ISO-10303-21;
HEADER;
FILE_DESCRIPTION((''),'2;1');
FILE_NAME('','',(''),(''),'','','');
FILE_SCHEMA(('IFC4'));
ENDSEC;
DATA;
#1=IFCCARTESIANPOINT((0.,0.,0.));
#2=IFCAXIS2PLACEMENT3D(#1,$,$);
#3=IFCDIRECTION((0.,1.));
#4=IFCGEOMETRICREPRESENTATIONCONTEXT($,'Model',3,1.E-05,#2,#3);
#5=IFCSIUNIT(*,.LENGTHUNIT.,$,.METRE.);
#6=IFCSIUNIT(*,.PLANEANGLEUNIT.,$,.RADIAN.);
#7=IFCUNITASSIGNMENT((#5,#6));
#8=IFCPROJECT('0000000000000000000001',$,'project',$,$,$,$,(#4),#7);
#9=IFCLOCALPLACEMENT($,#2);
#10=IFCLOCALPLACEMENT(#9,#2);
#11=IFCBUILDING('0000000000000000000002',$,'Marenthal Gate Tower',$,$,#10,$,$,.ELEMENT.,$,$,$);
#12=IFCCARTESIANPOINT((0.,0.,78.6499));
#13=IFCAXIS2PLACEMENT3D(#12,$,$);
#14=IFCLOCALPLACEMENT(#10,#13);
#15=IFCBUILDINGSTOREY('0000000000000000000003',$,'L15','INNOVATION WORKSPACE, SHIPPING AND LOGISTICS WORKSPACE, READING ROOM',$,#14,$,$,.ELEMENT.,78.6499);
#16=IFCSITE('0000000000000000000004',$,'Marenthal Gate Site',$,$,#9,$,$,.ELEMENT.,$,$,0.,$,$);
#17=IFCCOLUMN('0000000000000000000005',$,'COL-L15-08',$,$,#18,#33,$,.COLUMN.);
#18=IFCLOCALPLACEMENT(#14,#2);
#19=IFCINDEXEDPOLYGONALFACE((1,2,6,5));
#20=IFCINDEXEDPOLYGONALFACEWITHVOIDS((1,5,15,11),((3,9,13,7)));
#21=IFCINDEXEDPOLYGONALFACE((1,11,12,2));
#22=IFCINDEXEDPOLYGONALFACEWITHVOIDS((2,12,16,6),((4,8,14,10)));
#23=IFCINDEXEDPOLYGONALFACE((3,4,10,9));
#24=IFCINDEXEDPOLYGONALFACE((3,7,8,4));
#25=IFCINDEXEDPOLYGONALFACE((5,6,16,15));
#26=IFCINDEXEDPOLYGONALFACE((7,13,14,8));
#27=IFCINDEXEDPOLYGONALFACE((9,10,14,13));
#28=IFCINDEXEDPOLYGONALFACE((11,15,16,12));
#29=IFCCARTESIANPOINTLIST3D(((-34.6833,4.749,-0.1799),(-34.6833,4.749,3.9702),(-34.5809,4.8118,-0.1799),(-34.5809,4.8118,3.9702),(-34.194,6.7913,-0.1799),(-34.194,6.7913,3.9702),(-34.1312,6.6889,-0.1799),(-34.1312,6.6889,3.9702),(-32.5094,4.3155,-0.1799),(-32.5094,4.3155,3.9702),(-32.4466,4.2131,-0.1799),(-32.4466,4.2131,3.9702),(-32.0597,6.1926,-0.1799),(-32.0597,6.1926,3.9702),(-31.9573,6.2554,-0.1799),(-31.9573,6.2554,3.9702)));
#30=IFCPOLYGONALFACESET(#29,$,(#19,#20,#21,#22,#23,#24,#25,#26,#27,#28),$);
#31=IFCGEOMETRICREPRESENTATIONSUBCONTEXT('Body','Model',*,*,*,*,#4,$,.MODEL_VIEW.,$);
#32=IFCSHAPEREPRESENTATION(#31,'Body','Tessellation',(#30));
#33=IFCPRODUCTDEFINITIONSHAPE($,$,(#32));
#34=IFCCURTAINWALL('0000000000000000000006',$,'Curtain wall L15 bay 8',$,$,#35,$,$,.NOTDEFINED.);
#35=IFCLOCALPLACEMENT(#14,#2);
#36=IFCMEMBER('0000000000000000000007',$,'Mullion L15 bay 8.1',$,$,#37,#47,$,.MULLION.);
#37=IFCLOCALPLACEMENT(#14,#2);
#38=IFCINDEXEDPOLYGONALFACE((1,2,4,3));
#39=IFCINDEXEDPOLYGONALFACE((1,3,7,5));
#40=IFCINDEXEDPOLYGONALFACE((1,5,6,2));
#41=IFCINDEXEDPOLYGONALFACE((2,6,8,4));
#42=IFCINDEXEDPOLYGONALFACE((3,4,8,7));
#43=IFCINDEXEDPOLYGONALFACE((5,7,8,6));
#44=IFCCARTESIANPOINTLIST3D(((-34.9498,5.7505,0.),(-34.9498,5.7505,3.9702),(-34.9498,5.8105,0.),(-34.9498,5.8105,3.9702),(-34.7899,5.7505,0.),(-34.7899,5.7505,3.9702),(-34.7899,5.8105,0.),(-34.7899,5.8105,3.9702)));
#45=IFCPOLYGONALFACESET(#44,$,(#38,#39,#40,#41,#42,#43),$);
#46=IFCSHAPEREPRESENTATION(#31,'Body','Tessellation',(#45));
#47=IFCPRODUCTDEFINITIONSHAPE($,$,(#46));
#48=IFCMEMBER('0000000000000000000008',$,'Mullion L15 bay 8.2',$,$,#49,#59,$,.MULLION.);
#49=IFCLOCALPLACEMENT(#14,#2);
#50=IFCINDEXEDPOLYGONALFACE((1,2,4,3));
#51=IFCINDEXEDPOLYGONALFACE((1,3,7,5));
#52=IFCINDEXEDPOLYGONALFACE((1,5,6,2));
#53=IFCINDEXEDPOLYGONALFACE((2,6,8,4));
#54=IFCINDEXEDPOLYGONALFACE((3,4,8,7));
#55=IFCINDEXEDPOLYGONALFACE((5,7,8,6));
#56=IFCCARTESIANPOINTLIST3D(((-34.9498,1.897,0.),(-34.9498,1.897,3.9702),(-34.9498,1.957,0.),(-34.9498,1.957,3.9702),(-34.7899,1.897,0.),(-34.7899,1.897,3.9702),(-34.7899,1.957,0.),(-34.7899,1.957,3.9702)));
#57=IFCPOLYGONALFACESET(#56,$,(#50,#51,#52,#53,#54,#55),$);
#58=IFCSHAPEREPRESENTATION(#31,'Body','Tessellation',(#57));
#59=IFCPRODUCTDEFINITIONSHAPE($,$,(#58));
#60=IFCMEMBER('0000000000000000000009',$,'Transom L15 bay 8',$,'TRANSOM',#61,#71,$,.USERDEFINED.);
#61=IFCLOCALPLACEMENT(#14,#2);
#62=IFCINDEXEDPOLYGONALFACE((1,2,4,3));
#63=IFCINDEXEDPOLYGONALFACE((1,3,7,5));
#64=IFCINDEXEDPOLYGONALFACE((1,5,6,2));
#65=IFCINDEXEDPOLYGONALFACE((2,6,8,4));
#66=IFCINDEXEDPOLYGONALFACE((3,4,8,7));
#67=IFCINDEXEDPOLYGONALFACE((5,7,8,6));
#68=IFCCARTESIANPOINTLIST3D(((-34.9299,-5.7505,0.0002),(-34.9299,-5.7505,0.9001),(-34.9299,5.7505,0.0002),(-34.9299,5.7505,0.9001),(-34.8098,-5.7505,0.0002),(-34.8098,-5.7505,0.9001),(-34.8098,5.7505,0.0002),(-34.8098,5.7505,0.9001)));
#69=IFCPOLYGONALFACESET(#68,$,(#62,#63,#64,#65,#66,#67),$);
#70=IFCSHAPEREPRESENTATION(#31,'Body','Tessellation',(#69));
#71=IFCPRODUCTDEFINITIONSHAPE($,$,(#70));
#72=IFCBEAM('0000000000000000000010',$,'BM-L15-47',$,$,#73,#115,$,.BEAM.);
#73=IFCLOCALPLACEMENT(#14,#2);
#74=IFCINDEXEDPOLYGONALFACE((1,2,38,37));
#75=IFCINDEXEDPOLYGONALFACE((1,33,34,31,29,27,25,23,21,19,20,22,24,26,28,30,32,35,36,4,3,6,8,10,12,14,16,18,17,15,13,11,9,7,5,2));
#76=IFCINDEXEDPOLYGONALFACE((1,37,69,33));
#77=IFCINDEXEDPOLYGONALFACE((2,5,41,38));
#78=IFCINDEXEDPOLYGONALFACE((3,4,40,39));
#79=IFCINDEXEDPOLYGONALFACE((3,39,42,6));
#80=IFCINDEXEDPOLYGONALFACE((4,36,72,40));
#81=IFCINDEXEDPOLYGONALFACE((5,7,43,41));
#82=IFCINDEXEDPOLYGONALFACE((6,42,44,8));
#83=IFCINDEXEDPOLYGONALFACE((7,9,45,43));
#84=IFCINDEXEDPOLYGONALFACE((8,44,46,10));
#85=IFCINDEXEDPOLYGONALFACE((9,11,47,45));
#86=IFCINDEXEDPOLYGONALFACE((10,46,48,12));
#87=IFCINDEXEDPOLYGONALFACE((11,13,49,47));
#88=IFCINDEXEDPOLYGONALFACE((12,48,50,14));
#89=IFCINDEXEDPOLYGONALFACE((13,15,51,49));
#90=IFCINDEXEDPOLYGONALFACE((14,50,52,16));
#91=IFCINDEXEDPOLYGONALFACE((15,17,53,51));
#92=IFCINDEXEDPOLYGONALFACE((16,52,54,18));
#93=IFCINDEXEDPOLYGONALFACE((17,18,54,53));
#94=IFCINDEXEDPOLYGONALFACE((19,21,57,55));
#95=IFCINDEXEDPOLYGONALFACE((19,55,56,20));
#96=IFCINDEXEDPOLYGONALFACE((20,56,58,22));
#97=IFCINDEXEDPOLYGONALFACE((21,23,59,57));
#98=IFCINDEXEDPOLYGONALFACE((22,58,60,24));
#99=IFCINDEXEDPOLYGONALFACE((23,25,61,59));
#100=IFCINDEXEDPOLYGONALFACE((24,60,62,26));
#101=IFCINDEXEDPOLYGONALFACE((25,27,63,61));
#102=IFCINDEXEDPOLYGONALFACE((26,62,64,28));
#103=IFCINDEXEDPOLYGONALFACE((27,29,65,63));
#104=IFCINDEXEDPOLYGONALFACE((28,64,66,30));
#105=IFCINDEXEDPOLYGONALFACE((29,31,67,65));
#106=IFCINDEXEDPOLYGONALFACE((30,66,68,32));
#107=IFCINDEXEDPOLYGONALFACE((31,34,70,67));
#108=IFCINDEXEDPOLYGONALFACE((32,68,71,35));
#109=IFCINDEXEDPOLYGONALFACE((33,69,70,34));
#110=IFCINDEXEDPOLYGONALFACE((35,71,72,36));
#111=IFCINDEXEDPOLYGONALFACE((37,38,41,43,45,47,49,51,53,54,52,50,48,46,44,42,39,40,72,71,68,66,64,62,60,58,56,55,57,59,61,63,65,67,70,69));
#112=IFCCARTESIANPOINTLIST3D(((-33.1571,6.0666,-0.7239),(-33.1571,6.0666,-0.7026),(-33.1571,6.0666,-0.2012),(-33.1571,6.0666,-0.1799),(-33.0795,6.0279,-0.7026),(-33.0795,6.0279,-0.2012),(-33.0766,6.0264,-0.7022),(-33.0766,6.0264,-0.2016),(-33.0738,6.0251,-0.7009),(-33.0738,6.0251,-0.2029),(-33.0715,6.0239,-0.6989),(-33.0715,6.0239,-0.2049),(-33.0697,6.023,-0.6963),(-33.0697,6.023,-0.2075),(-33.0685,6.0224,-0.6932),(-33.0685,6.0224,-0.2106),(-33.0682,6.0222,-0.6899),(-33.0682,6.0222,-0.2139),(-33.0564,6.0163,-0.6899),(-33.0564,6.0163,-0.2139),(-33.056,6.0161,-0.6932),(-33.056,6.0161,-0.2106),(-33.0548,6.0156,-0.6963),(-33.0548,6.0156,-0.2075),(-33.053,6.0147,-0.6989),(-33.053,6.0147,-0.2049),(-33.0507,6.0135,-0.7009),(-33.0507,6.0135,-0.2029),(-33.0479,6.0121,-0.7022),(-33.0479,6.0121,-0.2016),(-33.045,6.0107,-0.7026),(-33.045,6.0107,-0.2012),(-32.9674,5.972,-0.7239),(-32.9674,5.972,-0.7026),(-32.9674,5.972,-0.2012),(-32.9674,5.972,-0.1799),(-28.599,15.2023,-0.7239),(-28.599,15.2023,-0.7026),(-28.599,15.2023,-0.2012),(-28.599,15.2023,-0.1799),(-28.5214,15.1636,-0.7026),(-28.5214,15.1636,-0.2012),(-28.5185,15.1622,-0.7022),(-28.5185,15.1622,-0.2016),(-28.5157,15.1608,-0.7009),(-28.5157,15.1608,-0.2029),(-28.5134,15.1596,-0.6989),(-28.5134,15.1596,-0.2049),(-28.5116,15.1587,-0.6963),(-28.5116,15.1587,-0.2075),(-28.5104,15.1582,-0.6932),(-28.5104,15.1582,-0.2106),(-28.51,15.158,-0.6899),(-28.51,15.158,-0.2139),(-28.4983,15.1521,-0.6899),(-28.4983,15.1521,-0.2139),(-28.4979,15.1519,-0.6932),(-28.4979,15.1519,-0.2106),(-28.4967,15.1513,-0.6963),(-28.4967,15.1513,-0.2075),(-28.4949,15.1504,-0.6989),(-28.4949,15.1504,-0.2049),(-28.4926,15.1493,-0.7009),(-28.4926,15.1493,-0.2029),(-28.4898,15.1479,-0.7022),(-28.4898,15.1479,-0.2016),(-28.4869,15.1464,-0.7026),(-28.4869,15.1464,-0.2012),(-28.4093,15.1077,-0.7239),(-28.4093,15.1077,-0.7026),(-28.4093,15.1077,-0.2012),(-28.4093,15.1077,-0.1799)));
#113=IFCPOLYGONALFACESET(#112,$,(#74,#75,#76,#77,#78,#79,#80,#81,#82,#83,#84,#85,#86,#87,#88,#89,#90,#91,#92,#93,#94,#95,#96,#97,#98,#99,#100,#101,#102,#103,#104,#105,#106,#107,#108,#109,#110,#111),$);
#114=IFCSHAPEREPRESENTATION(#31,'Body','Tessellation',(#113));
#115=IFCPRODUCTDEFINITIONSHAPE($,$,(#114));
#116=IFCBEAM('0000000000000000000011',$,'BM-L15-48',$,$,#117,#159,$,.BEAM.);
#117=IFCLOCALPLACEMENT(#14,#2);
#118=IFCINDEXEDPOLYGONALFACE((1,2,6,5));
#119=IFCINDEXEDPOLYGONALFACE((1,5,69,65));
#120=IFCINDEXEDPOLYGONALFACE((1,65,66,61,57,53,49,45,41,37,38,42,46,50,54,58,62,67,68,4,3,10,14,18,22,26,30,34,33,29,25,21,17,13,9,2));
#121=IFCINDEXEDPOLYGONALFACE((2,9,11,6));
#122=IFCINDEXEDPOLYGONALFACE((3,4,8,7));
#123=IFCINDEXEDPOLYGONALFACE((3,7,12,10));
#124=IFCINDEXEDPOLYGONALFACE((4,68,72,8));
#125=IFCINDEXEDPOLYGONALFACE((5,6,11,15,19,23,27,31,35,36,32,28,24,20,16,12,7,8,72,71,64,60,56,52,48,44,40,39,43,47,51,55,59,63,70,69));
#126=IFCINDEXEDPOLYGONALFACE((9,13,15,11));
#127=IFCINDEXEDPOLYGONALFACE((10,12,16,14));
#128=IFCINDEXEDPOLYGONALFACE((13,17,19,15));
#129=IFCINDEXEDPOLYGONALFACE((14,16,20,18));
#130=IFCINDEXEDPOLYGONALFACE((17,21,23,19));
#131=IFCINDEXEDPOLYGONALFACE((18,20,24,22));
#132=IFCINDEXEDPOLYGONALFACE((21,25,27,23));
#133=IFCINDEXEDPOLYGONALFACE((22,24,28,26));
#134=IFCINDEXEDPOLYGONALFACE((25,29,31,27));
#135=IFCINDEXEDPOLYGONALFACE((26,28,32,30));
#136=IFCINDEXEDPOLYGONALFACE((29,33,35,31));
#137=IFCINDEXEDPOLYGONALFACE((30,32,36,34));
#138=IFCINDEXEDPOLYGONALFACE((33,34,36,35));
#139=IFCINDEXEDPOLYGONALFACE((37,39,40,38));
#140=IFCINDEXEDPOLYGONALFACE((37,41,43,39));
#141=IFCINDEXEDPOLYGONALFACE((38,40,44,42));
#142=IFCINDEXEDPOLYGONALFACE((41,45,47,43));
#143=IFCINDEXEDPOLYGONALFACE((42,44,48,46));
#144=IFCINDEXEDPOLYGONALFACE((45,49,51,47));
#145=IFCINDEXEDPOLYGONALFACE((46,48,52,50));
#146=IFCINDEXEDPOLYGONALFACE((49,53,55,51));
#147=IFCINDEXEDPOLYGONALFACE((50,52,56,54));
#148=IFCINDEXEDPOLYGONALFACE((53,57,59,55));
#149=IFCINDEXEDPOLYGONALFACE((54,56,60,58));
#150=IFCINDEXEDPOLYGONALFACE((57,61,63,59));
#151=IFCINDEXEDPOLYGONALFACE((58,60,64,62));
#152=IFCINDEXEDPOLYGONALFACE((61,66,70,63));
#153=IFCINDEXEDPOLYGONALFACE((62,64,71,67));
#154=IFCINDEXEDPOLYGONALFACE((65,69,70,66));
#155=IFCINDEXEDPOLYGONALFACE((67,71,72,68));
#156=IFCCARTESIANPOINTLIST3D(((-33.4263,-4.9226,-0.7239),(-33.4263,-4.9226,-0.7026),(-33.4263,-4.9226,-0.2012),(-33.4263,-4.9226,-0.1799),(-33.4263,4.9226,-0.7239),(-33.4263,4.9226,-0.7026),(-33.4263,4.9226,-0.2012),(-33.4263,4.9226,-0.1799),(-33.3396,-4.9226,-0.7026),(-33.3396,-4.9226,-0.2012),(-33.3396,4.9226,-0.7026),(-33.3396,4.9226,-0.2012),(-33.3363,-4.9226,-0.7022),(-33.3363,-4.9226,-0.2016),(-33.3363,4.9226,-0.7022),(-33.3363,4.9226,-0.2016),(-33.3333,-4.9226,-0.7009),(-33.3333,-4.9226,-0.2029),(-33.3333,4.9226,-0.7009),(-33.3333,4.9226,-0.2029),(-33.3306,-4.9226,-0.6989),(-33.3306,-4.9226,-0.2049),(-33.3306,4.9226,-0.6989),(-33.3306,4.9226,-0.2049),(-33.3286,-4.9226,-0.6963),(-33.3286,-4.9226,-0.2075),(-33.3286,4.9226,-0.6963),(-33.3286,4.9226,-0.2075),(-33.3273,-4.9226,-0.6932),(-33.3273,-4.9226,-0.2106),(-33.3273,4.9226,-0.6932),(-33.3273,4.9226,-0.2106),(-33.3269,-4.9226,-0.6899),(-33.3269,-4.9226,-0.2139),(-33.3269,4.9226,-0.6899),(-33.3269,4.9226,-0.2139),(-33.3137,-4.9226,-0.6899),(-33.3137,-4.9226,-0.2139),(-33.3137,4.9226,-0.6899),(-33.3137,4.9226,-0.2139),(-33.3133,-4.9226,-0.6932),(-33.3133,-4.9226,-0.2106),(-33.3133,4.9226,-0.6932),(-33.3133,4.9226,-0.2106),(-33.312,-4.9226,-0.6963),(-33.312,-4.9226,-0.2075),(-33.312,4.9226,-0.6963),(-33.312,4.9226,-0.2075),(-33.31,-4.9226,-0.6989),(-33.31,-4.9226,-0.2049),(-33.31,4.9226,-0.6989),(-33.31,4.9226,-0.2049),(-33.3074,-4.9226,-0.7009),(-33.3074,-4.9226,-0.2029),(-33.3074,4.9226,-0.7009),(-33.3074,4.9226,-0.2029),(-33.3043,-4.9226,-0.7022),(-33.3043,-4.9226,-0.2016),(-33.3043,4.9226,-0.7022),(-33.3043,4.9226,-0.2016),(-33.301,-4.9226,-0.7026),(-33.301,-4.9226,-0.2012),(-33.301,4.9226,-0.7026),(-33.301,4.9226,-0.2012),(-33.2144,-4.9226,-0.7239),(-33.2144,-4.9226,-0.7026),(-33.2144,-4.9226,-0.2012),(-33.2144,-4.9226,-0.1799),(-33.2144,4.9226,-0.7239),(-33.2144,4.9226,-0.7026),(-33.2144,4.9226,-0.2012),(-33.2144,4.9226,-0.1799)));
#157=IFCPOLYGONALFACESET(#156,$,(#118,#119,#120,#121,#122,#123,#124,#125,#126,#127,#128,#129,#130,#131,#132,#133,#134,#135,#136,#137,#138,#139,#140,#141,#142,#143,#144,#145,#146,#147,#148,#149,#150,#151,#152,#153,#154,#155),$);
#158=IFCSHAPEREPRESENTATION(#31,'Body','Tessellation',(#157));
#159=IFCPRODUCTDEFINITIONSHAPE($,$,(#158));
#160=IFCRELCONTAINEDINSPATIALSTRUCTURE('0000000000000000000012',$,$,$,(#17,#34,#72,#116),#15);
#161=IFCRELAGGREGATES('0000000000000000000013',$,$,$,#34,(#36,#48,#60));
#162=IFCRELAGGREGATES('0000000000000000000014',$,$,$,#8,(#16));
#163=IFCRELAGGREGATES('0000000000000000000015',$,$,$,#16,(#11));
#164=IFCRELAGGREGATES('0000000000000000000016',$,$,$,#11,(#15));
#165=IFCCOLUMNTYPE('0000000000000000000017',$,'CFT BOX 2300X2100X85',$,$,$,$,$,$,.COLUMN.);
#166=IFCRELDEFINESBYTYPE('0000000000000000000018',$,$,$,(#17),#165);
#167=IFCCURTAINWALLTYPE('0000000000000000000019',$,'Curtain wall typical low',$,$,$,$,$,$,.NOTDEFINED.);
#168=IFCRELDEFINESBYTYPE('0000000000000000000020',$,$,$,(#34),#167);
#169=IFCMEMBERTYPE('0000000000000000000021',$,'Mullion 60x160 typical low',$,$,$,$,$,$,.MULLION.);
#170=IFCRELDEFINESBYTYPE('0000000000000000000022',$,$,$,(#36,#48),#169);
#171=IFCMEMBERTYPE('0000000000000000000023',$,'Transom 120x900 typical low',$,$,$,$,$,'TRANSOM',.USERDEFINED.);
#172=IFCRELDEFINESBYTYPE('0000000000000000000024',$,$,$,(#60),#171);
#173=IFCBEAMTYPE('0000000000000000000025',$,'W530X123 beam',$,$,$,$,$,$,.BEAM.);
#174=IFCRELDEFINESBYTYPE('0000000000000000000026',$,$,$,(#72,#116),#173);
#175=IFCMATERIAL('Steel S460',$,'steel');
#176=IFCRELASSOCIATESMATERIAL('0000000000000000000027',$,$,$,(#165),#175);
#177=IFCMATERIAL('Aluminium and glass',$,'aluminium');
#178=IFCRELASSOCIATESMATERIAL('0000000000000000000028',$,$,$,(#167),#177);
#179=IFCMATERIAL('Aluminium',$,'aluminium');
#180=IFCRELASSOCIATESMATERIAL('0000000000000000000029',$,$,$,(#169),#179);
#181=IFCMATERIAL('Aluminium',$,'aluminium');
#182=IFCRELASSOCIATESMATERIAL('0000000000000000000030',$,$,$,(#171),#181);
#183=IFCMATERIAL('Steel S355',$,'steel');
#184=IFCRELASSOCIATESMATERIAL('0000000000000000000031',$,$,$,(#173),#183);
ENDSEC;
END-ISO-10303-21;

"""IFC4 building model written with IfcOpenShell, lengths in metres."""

from ifc_helpers import new_model, si_unit, direction, frame, origin, origin_2d, place, context, subcontext, project, spatial, rectangle, hollow_rectangle, i_section, extrude, material, material_profile, profile_set, type_object, element, aggregate, save


model = new_model("IFC4")

# Units and contexts
model_context = context("Model", 3, precision=1e-05, world=origin(), true_north=direction((0.0, 1.0)))
body_context = subcontext(model_context, "Body", "Model", "MODEL_VIEW")
ifc_project = project(units=[si_unit("LENGTHUNIT", "METRE"), si_unit("PLANEANGLEUNIT", "RADIAN")], contexts=[model_context])

# Site, building, storey
site_placement = place(None, origin())
site = spatial("IfcSite", under=ifc_project, at=site_placement, Name="Marenthal Gate Site", CompositionType="ELEMENT", RefElevation=0.0)
building_placement = place(site_placement, origin())
building = spatial("IfcBuilding", under=site, at=building_placement, Name="Marenthal Gate Tower", CompositionType="ELEMENT")
storey_placement = place(building_placement, frame((0.0, 0.0, 78.6499)))
storey = spatial("IfcBuildingStorey", under=building, at=storey_placement, Name="L15", Description="INNOVATION WORKSPACE, SHIPPING AND LOGISTICS WORKSPACE, READING ROOM", CompositionType="ELEMENT", Elevation=78.6499)

# Column
ifc_material_1 = material(Name="Steel S460", Category="steel")
ifc_material_profile_1 = material_profile(ifc_material_1, hollow_rectangle(XDim=2.1001, YDim=2.3, WallThickness=0.085, at=origin_2d()), Name="CFT BOX 2300X2100X85")
ifc_material_2 = material(Name="Concrete 70 MPa", Category="concrete")
ifc_material_profile_2 = material_profile(ifc_material_2, rectangle(XDim=1.9299, YDim=2.1299, at=origin_2d()), Name="CFT BOX 2300X2100X85 INFILL")
ifc_profile_set_1 = profile_set([ifc_material_profile_1, ifc_material_profile_2], Name="Steel S460 shell, Concrete 70 MPa infill")
column_type = type_object("IfcColumnType", Name="CFT BOX 2300X2100X85", PredefinedType="COLUMN", material=ifc_profile_set_1)
column_placement = place(storey_placement, frame((-33.3203, 5.5022, -0.1799), z_axis=(0.0, 0.0, 1.0), x_axis=(0.233004, 0.972476, 0.0)))
element("IfcColumn", 1, at=column_placement, inside=storey, type_object=column_type, Name="COL-L15-08", PredefinedType="COLUMN", context=body_context, shape_type="SweptSolid", body=[
    extrude(hollow_rectangle(XDim=2.1001, YDim=2.3, WallThickness=0.085, at=origin_2d()), origin(), (0.0, 0.0, 1.0), 4.1501),
])

# Curtain wall, members
ifc_material_3 = material(Name="Aluminium and glass", Category="aluminium")
curtain_wall_type = type_object("IfcCurtainWallType", Name="Curtain wall typical low", PredefinedType="NOTDEFINED", material=ifc_material_3)
curtain_wall_placement = place(storey_placement, origin())
curtain_wall = element("IfcCurtainWall", 2, at=curtain_wall_placement, inside=storey, type_object=curtain_wall_type, Name="Curtain wall L15 bay 8", PredefinedType="NOTDEFINED")
ifc_material_4 = material(Name="Aluminium", Category="aluminium")
ifc_material_profile_3 = material_profile(ifc_material_4, rectangle(XDim=0.1599, YDim=0.0601, at=origin_2d()), Name="60x160 aluminium mullion")
ifc_profile_set_2 = profile_set([ifc_material_profile_3], Name="Aluminium")
member_type_1 = type_object("IfcMemberType", Name="Mullion 60x160 typical low", PredefinedType="MULLION", material=ifc_profile_set_2)
member_1_placement = place(storey_placement, frame((-34.8699, 5.7805, 0.0), z_axis=(0.0, 0.0, 1.0), x_axis=(1.0, 0.0, 0.0)))
member_1 = element("IfcMember", 3, at=member_1_placement, type_object=member_type_1, Name="Mullion L15 bay 8.1", PredefinedType="MULLION", context=body_context, shape_type="SweptSolid", body=[
    extrude(rectangle(XDim=0.1599, YDim=0.0601, at=origin_2d()), origin(), (0.0, 0.0, 1.0), 3.9702),
])
member_2_placement = place(storey_placement, frame((-34.8699, 1.927, 0.0), z_axis=(0.0, 0.0, 1.0), x_axis=(1.0, 0.0, 0.0)))
member_2 = element("IfcMember", 4, at=member_2_placement, type_object=member_type_1, Name="Mullion L15 bay 8.2", PredefinedType="MULLION", context=body_context, shape_type="SweptSolid", body=[
    extrude(rectangle(XDim=0.1599, YDim=0.0601, at=origin_2d()), origin(), (0.0, 0.0, 1.0), 3.9702),
])
ifc_material_5 = material(Name="Aluminium", Category="aluminium")
ifc_material_profile_4 = material_profile(ifc_material_5, rectangle(XDim=0.1201, YDim=0.8999, at=origin_2d()), Name="120x900 aluminium transom")
ifc_profile_set_3 = profile_set([ifc_material_profile_4], Name="Aluminium")
member_type_2 = type_object("IfcMemberType", Name="Transom 120x900 typical low", ElementType="TRANSOM", PredefinedType="USERDEFINED", material=ifc_profile_set_3)
member_3_placement = place(storey_placement, frame((-34.8699, 5.7505, 0.4502), z_axis=(0.0, -1.0, 0.0), x_axis=(1.0, 0.0, 0.0)))
member_3 = element("IfcMember", 5, at=member_3_placement, type_object=member_type_2, Name="Transom L15 bay 8", ObjectType="TRANSOM", PredefinedType="USERDEFINED", context=body_context, shape_type="SweptSolid", body=[
    extrude(rectangle(XDim=0.1201, YDim=0.8999, at=origin_2d()), origin(), (0.0, 0.0, 1.0), 11.501),
])

# Beams
ifc_material_6 = material(Name="Steel S355", Category="steel")
ifc_material_profile_5 = material_profile(ifc_material_6, i_section(OverallWidth=0.2119, OverallDepth=0.5439, WebThickness=0.0132, FlangeThickness=0.0212, FilletRadius=0.0127, at=origin_2d()), Name="W530X123")
ifc_profile_set_4 = profile_set([ifc_material_profile_5], Name="Steel S355")
beam_type_1 = type_object("IfcBeamType", Name="W530X123 beam", PredefinedType="BEAM", material=ifc_profile_set_4)
beam_1_placement = place(storey_placement, frame((-28.5042, 15.155, -0.4519), z_axis=(-0.446448, -0.894809, 0.0), x_axis=(0.894809, -0.446448, 0.0)))
element("IfcBeam", 6, at=beam_1_placement, inside=storey, type_object=beam_type_1, Name="BM-L15-47", PredefinedType="BEAM", context=body_context, shape_type="SweptSolid", body=[
    extrude(i_section(OverallWidth=0.2119, OverallDepth=0.5439, WebThickness=0.0132, FlangeThickness=0.0212, FilletRadius=0.0127, at=origin_2d()), origin(), (0.0, 0.0, 1.0), 10.2097),
])
beam_2_placement = place(storey_placement, frame((-33.3203, 4.9226, -0.4519), z_axis=(0.0, -1.0, 0.0), x_axis=(1.0, 0.0, 0.0)))
element("IfcBeam", 7, at=beam_2_placement, inside=storey, type_object=beam_type_1, Name="BM-L15-48", PredefinedType="BEAM", context=body_context, shape_type="SweptSolid", body=[
    extrude(i_section(OverallWidth=0.2119, OverallDepth=0.5439, WebThickness=0.0132, FlangeThickness=0.0212, FilletRadius=0.0127, at=origin_2d()), origin(), (0.0, 0.0, 1.0), 9.8452),
])

aggregate(curtain_wall, [member_1, member_2, member_3])

save(model, "model.ifc")
